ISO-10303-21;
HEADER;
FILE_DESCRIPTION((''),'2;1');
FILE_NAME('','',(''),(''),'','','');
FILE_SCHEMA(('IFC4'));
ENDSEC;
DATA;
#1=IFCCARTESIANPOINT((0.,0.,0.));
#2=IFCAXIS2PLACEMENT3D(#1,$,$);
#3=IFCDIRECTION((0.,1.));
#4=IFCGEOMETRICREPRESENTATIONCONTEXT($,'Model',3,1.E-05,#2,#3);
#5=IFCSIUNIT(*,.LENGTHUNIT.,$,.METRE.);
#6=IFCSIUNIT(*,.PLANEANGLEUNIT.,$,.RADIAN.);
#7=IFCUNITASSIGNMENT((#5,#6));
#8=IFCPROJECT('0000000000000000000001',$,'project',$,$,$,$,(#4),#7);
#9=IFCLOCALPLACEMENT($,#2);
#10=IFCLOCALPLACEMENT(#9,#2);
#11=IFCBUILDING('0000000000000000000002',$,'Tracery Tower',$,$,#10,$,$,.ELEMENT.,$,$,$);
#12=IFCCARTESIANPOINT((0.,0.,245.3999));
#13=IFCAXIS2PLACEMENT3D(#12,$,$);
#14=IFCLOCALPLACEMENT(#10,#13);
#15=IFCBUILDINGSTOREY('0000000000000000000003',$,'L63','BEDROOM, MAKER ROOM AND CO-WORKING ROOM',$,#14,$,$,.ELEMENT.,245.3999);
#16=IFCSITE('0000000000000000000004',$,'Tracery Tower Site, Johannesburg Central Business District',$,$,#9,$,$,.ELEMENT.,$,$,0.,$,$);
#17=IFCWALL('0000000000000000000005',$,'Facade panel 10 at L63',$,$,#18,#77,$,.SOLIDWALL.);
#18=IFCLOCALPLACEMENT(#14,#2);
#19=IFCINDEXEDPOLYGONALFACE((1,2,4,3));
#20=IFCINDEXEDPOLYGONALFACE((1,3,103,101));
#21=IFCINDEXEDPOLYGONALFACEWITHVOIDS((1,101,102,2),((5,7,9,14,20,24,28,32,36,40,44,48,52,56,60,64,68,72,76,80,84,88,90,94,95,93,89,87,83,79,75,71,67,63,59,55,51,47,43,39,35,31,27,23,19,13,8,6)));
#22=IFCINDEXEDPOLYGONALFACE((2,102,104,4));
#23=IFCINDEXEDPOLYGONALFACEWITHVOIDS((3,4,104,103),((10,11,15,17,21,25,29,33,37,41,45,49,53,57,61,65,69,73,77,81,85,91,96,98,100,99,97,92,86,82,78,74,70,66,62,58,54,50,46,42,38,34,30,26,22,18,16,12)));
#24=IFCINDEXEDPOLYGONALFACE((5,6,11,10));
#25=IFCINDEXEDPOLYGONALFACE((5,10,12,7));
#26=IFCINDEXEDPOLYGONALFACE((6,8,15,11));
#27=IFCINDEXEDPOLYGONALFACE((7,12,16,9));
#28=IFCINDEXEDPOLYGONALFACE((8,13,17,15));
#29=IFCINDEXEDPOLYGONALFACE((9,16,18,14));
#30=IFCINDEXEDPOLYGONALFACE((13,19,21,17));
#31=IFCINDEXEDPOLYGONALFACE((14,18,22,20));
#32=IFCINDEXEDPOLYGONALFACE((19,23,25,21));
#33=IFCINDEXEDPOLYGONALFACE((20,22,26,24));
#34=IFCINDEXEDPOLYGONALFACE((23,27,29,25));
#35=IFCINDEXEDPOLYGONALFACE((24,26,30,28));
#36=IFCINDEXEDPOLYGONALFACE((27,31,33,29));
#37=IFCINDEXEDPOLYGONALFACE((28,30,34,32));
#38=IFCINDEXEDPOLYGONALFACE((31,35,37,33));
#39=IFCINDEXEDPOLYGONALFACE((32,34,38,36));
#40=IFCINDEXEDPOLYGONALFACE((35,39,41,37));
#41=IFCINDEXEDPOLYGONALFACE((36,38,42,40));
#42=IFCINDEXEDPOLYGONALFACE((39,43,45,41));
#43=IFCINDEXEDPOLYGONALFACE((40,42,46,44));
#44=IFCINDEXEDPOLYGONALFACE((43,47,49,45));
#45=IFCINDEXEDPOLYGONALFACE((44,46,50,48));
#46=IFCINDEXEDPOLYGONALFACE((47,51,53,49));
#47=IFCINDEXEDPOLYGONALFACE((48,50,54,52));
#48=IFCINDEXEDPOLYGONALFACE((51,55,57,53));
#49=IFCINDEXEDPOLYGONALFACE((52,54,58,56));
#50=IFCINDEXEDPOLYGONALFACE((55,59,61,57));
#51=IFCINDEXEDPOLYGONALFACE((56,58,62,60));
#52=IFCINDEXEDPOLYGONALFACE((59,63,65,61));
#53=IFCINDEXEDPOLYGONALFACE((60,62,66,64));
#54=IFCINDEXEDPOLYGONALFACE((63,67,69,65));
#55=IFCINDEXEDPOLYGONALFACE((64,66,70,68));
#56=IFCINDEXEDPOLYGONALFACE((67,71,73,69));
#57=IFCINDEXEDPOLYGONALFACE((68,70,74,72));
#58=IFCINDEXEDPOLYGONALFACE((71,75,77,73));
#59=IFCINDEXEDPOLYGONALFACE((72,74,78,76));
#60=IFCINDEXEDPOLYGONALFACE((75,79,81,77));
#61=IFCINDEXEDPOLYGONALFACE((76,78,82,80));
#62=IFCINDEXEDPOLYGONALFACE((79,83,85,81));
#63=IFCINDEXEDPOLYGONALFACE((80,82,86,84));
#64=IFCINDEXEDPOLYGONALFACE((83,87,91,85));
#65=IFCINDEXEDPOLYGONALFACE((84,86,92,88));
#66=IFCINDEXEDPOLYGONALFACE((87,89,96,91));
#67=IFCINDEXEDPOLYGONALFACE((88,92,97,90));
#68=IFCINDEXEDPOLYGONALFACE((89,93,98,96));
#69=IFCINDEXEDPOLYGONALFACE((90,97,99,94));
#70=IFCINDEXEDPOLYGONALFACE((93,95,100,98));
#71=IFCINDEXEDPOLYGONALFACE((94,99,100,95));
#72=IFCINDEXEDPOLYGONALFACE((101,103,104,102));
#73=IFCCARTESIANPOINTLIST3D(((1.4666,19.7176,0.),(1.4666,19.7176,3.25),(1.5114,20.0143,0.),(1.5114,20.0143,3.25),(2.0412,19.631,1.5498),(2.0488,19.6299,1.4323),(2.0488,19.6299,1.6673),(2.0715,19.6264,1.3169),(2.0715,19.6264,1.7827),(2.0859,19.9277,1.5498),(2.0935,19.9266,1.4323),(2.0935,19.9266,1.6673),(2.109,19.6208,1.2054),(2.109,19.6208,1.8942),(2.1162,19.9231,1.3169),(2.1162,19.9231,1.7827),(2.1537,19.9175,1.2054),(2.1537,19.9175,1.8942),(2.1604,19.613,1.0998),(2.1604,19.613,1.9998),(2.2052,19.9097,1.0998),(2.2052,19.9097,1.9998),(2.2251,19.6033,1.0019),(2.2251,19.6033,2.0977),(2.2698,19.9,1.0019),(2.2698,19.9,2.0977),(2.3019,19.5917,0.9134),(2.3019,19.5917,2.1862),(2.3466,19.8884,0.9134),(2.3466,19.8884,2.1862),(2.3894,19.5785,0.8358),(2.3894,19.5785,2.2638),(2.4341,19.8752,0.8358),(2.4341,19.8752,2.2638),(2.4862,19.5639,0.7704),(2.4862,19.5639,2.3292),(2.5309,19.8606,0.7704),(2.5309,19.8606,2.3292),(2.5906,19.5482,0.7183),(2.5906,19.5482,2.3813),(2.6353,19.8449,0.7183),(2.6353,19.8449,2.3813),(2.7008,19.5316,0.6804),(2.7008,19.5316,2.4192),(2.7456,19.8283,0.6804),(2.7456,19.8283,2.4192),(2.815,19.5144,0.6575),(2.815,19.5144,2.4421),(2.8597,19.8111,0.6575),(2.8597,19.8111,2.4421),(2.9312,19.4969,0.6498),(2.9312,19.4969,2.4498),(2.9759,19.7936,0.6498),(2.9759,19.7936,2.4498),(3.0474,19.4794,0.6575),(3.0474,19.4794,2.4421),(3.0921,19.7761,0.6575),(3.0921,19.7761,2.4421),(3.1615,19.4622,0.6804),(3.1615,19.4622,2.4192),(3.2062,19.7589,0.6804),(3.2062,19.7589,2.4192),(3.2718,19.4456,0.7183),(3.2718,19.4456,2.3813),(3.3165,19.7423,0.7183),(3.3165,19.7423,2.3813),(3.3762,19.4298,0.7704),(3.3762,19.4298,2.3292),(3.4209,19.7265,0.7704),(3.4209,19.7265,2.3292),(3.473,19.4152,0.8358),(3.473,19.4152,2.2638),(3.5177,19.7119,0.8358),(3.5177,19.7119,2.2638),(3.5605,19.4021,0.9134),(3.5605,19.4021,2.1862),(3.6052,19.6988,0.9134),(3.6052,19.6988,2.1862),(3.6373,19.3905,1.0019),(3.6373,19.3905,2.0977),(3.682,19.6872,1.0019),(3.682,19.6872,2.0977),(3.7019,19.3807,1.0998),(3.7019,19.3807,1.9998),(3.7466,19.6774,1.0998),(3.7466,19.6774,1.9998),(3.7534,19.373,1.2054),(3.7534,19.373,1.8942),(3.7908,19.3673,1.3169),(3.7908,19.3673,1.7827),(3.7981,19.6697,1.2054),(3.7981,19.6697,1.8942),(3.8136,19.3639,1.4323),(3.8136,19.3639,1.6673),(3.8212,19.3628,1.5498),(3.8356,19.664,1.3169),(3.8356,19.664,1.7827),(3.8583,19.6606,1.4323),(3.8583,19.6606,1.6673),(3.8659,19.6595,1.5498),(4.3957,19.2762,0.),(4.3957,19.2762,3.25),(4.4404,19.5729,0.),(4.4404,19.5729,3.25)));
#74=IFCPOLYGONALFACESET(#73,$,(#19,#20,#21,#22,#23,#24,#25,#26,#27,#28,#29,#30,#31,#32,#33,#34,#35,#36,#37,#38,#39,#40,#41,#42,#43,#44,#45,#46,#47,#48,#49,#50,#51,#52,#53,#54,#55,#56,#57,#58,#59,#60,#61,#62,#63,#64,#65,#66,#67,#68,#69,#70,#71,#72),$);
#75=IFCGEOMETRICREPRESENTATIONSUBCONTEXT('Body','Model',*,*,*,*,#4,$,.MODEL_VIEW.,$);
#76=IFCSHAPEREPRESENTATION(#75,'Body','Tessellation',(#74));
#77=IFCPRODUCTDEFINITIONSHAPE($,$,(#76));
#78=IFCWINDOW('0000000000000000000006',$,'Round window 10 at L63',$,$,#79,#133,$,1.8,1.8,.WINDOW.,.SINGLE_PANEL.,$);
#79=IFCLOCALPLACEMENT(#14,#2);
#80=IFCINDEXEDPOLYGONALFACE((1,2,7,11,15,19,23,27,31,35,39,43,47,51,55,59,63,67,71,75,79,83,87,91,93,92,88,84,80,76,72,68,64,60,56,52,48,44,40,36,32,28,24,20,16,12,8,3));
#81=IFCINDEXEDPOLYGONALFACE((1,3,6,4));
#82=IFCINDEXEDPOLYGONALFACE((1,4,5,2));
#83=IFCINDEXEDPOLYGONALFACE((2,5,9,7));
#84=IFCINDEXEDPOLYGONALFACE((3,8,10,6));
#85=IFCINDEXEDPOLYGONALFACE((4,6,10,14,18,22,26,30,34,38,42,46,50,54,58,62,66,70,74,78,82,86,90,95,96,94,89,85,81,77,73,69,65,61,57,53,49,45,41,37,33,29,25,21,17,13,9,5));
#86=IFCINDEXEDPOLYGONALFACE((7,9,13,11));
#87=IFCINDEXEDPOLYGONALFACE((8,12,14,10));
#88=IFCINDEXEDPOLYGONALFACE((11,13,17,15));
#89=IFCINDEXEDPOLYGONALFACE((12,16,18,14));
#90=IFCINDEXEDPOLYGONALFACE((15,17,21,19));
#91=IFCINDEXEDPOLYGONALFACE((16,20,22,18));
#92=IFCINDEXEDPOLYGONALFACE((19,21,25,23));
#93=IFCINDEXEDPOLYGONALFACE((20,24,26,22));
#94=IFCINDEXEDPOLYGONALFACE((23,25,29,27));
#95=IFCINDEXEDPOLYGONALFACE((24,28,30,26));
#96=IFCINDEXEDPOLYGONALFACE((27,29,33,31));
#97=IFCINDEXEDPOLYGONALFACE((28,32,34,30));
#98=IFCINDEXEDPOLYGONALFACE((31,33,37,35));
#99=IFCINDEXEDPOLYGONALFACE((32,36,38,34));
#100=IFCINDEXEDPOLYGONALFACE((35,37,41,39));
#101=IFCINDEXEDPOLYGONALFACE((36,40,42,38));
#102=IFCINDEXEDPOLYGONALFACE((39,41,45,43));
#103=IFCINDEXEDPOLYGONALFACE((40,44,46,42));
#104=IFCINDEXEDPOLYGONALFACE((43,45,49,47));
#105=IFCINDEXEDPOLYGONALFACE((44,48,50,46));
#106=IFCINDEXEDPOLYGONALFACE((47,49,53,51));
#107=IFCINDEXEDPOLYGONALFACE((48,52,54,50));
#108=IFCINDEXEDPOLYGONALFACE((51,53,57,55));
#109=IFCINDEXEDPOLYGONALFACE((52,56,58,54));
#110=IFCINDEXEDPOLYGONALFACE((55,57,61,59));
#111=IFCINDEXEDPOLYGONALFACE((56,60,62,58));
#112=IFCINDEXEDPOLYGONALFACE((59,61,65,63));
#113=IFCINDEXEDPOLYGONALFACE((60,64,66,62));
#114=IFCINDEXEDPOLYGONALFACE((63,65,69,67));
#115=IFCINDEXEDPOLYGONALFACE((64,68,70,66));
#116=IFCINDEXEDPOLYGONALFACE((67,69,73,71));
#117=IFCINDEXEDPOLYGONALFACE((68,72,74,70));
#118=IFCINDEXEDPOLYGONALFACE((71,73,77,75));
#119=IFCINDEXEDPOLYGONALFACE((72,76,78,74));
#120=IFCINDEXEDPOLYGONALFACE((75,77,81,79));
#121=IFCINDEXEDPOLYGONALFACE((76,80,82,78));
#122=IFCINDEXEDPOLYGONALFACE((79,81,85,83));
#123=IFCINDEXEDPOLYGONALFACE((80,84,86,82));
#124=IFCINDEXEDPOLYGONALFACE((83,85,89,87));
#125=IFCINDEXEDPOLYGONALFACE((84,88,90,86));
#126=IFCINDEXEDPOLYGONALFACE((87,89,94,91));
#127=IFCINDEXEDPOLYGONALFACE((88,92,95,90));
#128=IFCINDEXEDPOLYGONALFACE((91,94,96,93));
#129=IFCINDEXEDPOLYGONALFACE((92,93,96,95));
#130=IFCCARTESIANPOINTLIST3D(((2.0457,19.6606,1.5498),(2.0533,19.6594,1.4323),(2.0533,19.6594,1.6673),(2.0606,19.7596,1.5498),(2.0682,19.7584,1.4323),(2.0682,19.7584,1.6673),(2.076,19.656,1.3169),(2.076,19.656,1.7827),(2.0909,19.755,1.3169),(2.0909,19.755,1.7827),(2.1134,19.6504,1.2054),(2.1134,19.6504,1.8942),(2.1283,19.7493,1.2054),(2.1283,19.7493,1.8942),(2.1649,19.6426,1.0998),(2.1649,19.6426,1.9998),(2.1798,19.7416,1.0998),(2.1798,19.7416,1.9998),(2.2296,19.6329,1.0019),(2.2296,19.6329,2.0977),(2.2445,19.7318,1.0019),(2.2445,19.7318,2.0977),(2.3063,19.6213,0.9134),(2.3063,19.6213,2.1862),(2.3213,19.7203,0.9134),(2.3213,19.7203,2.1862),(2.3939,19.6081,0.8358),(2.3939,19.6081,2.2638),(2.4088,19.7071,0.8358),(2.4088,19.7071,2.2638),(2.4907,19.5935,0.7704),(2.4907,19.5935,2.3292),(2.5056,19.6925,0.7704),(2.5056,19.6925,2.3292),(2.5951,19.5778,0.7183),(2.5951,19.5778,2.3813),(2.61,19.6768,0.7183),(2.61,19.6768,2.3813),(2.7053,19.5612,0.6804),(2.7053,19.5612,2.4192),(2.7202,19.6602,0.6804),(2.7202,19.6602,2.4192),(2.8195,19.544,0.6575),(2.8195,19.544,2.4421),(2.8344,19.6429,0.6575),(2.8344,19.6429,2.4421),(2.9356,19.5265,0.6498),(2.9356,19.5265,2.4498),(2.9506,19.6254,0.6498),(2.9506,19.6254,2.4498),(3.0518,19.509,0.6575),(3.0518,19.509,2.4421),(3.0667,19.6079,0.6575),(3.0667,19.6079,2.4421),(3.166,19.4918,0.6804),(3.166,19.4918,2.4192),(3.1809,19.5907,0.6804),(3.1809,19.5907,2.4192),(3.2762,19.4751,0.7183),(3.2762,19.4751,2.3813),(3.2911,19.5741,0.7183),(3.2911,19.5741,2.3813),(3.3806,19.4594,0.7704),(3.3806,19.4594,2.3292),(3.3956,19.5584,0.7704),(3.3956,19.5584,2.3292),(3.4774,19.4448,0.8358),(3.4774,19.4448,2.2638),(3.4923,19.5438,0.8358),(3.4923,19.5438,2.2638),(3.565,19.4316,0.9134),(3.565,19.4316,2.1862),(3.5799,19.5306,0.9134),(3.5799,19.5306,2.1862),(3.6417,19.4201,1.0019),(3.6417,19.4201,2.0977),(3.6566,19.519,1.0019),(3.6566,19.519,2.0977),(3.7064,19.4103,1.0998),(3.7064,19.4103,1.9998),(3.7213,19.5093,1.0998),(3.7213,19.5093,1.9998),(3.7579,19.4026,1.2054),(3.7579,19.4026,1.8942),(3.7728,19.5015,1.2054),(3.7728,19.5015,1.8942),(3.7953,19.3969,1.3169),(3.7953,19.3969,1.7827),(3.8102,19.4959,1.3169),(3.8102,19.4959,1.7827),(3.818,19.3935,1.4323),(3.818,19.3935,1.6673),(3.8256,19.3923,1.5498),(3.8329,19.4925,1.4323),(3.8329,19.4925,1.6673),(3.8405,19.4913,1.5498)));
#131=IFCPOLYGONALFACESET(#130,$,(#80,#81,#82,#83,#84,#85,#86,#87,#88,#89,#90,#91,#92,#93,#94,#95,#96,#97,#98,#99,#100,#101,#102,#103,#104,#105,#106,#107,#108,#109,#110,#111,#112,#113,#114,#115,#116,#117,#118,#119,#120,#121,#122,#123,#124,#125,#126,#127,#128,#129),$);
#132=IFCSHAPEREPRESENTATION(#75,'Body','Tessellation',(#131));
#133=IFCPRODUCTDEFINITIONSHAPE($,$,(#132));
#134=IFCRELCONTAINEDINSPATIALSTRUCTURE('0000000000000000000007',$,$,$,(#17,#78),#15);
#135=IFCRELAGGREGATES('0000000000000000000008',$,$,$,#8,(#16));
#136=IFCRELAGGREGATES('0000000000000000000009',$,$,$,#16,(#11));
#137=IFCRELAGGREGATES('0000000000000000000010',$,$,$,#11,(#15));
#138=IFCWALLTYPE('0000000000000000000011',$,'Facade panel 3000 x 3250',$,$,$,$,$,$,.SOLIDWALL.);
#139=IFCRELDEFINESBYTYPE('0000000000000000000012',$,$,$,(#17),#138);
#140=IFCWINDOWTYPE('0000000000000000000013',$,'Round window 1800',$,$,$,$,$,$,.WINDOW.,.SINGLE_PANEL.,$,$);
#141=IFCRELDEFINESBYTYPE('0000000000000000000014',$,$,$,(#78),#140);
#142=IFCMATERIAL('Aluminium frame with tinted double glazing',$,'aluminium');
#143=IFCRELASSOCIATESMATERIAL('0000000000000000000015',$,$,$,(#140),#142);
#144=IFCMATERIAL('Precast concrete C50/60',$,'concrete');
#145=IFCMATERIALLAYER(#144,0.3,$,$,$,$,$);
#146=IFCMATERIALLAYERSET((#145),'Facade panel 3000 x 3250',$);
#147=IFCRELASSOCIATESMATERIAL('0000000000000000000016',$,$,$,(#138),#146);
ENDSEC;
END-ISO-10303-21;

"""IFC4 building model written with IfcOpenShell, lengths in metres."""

from ifc_helpers import new_model, si_unit, direction, frame, frame_2d, origin, origin_2d, place, context, subcontext, project, spatial, rectangle, circle, extrude, material, layer, layer_set, type_object, element, fill, save


model = new_model("IFC4")

# Units and contexts
model_context = context("Model", 3, precision=1e-05, world=origin(), true_north=direction((0.0, 1.0)))
body_context = subcontext(model_context, "Body", "Model", "MODEL_VIEW")
ifc_project = project(units=[si_unit("LENGTHUNIT", "METRE"), si_unit("PLANEANGLEUNIT", "RADIAN")], contexts=[model_context])

# Site, building, storey
site_placement = place(None, origin())
site = spatial("IfcSite", under=ifc_project, at=site_placement, Name="Tracery Tower Site, Johannesburg Central Business District", CompositionType="ELEMENT", RefElevation=0.0)
building_placement = place(site_placement, origin())
building = spatial("IfcBuilding", under=site, at=building_placement, Name="Tracery Tower", CompositionType="ELEMENT")
storey_placement = place(building_placement, frame((0.0, 0.0, 245.3999)))
storey = spatial("IfcBuildingStorey", under=building, at=storey_placement, Name="L63", Description="BEDROOM, MAKER ROOM AND CO-WORKING ROOM", CompositionType="ELEMENT", Elevation=245.3999)

# Wall, opening, window
ifc_material_1 = material(Name="Aluminium frame with tinted double glazing", Category="aluminium")
window_type = type_object("IfcWindowType", Name="Round window 1800", PartitioningType="SINGLE_PANEL", PredefinedType="WINDOW", material=ifc_material_1)
ifc_material_2 = material(Name="Precast concrete C50/60", Category="concrete")
ifc_layer_1 = layer(ifc_material_2, 0.3)
ifc_layer_set_1 = layer_set([ifc_layer_1], Name="Facade panel 3000 x 3250")
wall_type_1 = type_object("IfcWallType", Name="Facade panel 3000 x 3250", PredefinedType="SOLIDWALL", material=ifc_layer_set_1)
wall_1_placement = place(storey_placement, frame((4.418, 19.4246, 0.0), z_axis=(0.0, 0.0, 1.0), x_axis=(-0.988836, 0.149009, 0.0)))
wall_1 = element("IfcWall", 1, at=wall_1_placement, inside=storey, type_object=wall_type_1, Name="Facade panel 10 at L63", PredefinedType="SOLIDWALL", context=body_context, shape_type="SweptSolid", body=[
    extrude(rectangle(XDim=2.9622, YDim=0.3, at=frame_2d((1.481, 0.0))), origin(), (0.0, 0.0, 1.0), 3.25),
])
opening_1_placement = place(wall_1_placement, frame((1.481, 0.0, 1.5498)))
opening_1 = element("IfcOpeningElement", 2, at=opening_1_placement, cuts=wall_1, PredefinedType="OPENING", context=body_context, shape_type="SweptSolid", body=[
    extrude(circle(Radius=0.9, at=origin_2d()), frame((0.0, 0.1599, 0.0), z_axis=(0.0, -1.0, 0.0), x_axis=(1.0, 0.0, 0.0)), (0.0, 0.0, 1.0), 0.3201),
])
window_1_placement = place(opening_1_placement, origin())
window_1 = element("IfcWindow", 3, at=window_1_placement, inside=storey, type_object=window_type, Name="Round window 10 at L63", OverallHeight=1.8, OverallWidth=1.8, PartitioningType="SINGLE_PANEL", PredefinedType="WINDOW", context=body_context, shape_type="SweptSolid", body=[
    extrude(circle(Radius=0.9, at=origin_2d()), frame((0.0, 0.1201, 0.0), z_axis=(0.0, -1.0, 0.0), x_axis=(1.0, 0.0, 0.0)), (0.0, 0.0, 1.0), 0.1001),
])
fill(opening_1, window_1)

save(model, "model.ifc")
